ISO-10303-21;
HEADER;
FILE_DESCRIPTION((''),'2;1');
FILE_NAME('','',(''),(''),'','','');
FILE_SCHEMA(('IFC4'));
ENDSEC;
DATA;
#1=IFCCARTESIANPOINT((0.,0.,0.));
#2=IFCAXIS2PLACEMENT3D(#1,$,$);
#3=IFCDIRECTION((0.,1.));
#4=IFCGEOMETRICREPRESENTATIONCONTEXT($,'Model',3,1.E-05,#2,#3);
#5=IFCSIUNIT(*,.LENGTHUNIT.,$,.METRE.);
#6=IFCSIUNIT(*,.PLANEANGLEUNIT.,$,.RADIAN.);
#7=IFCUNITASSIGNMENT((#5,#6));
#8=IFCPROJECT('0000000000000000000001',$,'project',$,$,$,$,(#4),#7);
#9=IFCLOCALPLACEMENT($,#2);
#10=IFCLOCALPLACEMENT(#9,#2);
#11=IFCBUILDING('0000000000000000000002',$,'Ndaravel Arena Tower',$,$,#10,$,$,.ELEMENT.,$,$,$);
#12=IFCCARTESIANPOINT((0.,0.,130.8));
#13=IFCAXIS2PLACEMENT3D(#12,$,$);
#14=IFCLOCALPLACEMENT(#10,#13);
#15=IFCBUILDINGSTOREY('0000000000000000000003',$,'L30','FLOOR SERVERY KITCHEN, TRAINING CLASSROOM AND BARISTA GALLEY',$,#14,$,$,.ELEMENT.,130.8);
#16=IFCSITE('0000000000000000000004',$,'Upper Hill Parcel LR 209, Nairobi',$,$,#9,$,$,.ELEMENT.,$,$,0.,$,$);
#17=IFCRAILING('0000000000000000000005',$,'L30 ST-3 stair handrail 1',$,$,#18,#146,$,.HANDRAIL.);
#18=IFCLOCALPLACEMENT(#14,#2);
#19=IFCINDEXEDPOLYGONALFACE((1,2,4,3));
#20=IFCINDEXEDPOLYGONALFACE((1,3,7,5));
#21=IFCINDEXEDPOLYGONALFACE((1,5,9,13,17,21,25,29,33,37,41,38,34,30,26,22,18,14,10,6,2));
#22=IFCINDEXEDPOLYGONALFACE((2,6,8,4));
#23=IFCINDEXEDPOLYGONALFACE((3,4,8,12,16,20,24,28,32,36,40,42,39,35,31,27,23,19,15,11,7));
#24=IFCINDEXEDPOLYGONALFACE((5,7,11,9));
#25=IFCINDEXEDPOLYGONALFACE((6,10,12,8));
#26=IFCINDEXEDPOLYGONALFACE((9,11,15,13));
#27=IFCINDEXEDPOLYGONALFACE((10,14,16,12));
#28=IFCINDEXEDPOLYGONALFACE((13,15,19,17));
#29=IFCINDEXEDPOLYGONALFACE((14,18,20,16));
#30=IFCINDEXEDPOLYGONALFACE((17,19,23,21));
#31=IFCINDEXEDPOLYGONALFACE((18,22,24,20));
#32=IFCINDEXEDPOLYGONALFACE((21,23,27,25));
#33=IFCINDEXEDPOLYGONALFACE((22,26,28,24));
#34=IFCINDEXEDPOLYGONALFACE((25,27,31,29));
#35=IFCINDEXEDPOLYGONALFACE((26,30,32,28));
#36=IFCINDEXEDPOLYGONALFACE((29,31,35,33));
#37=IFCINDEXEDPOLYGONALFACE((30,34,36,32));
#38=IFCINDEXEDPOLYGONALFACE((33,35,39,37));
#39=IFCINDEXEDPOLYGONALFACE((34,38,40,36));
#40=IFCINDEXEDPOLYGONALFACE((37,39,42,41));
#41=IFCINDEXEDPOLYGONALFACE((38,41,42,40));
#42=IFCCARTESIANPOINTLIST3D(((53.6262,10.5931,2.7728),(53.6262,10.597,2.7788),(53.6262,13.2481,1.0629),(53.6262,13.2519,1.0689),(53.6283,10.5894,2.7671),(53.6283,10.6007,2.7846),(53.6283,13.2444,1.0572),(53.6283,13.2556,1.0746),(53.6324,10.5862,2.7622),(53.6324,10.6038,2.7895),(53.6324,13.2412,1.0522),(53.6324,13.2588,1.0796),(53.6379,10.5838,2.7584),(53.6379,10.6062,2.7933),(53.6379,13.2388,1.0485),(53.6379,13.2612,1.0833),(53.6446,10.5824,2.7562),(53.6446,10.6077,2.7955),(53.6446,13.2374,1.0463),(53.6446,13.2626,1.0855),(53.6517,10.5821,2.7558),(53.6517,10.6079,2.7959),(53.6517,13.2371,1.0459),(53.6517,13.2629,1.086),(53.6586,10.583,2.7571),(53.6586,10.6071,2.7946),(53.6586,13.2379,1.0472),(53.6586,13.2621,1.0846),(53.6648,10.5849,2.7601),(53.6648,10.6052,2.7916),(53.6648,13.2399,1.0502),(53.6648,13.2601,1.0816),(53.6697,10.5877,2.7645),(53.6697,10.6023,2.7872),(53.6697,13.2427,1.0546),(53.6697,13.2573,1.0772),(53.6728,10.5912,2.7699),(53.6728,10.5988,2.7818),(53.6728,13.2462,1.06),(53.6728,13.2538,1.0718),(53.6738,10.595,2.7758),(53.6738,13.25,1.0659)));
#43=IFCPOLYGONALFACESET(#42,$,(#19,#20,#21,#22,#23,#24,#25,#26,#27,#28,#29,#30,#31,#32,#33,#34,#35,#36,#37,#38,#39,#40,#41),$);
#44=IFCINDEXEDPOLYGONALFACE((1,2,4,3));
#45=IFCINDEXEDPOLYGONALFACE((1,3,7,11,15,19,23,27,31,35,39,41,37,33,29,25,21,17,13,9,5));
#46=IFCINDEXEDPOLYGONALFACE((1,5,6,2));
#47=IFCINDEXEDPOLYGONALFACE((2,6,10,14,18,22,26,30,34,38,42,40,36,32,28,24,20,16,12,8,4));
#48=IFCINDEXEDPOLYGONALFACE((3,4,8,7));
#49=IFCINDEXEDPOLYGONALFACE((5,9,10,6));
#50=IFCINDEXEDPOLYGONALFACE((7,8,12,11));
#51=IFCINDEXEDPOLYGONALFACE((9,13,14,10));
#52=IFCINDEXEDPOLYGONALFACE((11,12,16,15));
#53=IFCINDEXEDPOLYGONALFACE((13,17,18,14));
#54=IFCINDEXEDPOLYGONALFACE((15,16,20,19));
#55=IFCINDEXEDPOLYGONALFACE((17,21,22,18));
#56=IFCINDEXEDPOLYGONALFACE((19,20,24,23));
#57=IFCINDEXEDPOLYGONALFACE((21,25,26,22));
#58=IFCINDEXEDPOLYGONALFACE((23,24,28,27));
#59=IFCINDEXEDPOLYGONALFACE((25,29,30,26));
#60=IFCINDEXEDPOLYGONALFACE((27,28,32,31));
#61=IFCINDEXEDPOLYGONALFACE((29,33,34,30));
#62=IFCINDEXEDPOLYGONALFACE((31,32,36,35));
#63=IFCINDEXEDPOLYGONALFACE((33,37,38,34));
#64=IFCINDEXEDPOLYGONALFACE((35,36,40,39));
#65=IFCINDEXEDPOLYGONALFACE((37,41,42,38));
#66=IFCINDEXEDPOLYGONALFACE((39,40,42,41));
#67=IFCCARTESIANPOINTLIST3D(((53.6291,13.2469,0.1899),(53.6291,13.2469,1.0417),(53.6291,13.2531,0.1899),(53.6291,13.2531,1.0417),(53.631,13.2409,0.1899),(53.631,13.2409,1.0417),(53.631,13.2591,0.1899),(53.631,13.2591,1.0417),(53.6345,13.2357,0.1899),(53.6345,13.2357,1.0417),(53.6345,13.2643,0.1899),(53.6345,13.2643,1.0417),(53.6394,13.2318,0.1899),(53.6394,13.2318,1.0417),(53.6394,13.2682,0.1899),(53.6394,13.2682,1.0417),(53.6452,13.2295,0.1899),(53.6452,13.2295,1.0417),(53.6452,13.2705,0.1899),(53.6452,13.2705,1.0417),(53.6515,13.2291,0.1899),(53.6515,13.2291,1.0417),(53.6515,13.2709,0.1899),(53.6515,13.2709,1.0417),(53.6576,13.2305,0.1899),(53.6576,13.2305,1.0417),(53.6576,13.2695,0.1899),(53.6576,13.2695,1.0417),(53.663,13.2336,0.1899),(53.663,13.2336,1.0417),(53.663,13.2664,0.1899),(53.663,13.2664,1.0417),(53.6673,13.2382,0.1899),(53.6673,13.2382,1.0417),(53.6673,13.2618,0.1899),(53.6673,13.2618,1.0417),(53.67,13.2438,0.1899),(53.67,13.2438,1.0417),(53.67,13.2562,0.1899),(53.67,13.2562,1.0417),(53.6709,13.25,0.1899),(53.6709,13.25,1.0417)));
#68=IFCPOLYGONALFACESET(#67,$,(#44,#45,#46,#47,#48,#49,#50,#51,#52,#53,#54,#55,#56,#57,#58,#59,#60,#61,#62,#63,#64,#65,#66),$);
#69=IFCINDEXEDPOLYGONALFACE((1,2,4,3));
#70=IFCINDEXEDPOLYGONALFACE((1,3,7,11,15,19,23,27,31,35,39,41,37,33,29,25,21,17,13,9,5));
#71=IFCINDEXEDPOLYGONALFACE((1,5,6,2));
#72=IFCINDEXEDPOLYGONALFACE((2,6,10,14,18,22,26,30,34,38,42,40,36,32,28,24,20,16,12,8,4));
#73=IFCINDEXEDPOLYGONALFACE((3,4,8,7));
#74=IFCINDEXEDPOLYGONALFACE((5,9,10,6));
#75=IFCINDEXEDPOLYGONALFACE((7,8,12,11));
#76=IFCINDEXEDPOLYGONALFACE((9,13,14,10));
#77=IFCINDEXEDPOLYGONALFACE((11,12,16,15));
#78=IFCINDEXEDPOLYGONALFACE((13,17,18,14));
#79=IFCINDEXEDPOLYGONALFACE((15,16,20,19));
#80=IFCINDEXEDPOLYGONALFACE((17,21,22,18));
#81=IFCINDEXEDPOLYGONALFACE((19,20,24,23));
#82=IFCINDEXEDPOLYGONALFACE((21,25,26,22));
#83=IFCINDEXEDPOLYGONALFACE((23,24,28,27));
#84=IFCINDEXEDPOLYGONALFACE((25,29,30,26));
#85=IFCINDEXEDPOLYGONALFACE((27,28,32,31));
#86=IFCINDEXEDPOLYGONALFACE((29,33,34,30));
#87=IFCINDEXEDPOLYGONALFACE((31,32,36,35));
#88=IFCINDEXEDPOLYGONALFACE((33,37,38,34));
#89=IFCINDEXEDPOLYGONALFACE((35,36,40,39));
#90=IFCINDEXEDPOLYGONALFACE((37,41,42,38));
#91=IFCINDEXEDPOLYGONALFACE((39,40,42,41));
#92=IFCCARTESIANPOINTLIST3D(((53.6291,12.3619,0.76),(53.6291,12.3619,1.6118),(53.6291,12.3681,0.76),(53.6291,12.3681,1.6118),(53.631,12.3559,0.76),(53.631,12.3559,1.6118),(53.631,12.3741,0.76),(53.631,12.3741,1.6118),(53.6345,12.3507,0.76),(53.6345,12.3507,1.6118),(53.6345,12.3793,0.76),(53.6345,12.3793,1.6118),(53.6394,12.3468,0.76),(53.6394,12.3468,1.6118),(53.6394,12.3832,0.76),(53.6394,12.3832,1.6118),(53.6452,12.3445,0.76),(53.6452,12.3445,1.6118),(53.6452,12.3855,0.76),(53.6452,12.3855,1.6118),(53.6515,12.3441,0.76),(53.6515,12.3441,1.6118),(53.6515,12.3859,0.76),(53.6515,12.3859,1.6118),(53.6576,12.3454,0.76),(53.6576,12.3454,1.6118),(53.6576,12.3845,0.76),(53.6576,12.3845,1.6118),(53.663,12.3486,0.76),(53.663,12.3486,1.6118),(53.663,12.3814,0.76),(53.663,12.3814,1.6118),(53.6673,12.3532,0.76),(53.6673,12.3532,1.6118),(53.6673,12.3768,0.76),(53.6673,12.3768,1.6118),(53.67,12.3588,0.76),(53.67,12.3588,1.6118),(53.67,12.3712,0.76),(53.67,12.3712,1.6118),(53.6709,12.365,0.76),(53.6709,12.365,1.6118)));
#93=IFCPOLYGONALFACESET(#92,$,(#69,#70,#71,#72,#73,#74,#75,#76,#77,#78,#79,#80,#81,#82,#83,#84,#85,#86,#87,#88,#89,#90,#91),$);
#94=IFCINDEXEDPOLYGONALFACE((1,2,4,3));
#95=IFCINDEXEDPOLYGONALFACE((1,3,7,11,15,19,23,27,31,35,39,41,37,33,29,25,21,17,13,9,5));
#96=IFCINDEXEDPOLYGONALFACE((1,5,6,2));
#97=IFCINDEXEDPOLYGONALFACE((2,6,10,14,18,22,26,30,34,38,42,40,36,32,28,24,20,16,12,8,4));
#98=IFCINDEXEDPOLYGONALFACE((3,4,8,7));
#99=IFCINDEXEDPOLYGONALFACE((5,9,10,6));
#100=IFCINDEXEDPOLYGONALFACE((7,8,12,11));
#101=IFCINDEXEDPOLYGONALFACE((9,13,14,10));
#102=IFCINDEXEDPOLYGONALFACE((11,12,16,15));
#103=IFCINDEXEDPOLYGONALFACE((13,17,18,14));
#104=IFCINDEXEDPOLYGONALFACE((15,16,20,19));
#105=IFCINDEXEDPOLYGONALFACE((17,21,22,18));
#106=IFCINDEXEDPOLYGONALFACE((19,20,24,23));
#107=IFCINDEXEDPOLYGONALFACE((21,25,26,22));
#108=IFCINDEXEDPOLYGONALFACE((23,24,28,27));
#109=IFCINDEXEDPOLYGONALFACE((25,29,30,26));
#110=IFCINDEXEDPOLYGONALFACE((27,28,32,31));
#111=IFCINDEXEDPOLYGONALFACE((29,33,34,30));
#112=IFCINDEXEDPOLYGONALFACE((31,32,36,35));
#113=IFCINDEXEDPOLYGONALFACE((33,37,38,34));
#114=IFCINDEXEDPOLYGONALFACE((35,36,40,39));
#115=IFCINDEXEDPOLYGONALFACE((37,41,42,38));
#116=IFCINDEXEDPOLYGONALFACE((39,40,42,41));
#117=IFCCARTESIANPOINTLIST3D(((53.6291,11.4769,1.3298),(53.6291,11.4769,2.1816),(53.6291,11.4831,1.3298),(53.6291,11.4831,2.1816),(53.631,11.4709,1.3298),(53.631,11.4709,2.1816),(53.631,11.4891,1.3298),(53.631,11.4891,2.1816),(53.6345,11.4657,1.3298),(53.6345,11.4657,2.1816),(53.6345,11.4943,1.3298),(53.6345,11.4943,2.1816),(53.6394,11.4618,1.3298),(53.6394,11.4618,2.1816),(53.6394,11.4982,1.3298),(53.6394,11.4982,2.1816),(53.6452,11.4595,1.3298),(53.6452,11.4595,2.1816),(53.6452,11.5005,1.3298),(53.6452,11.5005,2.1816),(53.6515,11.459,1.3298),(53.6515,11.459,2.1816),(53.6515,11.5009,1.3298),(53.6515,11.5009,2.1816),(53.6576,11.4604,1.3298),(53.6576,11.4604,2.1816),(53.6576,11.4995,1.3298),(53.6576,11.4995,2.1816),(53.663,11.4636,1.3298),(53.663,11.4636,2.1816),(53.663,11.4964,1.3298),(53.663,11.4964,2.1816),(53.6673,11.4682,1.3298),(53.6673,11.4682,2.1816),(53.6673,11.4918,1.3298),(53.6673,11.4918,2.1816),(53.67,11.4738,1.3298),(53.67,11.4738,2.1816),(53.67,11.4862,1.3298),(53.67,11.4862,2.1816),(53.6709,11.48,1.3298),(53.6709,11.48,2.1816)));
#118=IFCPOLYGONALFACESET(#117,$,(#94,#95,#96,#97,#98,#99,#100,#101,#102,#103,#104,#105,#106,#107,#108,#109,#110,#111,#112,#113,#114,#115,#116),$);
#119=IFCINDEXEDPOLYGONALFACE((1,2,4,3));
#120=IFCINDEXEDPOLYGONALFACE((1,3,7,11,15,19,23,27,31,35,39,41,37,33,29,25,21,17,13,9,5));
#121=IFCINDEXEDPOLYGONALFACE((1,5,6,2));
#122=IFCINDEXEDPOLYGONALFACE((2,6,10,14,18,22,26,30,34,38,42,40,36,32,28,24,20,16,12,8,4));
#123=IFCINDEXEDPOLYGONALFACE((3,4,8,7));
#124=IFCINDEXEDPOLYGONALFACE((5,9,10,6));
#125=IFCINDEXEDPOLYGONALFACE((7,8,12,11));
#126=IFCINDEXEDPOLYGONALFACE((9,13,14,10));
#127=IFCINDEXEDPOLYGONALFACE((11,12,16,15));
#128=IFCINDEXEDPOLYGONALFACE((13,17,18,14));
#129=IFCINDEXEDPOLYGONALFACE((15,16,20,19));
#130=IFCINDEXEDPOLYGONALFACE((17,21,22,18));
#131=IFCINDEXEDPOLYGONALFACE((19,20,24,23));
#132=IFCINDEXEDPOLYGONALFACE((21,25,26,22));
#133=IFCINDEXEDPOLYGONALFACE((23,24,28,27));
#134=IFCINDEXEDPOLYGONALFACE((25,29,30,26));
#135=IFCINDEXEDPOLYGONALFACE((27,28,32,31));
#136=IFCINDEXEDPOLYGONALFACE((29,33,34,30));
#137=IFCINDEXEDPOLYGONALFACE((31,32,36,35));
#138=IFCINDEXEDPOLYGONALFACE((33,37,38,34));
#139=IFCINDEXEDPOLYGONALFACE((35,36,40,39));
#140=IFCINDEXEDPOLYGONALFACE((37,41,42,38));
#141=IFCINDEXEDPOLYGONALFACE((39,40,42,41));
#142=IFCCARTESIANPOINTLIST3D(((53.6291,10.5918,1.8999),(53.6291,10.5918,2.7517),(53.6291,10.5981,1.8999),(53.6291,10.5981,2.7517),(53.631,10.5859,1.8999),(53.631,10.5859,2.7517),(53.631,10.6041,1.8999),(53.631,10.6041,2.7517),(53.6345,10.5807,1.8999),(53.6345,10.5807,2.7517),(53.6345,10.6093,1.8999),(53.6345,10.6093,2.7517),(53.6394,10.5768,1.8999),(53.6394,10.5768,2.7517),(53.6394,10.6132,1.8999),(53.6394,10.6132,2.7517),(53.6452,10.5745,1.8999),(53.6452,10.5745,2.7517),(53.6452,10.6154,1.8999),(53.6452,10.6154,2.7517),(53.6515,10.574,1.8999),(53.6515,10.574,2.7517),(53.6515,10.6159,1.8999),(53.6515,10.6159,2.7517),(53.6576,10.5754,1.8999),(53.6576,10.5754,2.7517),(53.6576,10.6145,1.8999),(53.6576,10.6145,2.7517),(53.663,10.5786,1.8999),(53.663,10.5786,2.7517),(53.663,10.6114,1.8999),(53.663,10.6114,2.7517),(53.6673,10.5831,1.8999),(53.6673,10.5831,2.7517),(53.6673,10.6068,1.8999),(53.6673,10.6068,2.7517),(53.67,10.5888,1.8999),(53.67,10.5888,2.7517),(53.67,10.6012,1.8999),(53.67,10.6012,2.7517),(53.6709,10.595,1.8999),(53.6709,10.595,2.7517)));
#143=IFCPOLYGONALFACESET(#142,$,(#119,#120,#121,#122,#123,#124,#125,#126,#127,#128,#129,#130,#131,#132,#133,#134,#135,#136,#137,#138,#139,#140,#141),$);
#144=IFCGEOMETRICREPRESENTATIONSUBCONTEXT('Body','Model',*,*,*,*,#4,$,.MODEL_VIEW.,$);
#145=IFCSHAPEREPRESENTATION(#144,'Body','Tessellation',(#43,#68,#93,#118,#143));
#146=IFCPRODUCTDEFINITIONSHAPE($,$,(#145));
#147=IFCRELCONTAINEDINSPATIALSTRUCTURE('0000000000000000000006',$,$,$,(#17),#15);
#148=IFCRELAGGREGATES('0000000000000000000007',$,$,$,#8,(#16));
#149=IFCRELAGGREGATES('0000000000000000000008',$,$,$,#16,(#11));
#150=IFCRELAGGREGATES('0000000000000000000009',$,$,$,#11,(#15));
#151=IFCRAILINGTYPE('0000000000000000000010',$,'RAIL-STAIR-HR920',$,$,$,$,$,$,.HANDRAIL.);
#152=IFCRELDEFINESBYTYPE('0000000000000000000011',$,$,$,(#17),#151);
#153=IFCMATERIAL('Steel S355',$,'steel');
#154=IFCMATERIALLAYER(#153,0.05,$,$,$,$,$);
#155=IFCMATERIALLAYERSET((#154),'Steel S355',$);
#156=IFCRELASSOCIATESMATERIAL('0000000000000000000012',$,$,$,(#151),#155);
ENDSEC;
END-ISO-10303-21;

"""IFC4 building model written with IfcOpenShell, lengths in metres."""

from ifc_helpers import new_model, si_unit, direction, frame, origin, origin_2d, place, context, subcontext, project, spatial, circle, extrude, material, layer, layer_set, type_object, element, save


model = new_model("IFC4")

# Units and contexts
model_context = context("Model", 3, precision=1e-05, world=origin(), true_north=direction((0.0, 1.0)))
body_context = subcontext(model_context, "Body", "Model", "MODEL_VIEW")
ifc_project = project(units=[si_unit("LENGTHUNIT", "METRE"), si_unit("PLANEANGLEUNIT", "RADIAN")], contexts=[model_context])

# Site, building, storey
site_placement = place(None, origin())
site = spatial("IfcSite", under=ifc_project, at=site_placement, Name="Upper Hill Parcel LR 209, Nairobi", CompositionType="ELEMENT", RefElevation=0.0)
building_placement = place(site_placement, origin())
building = spatial("IfcBuilding", under=site, at=building_placement, Name="Ndaravel Arena Tower", CompositionType="ELEMENT")
storey_placement = place(building_placement, frame((0.0, 0.0, 130.8)))
storey = spatial("IfcBuildingStorey", under=building, at=storey_placement, Name="L30", Description="FLOOR SERVERY KITCHEN, TRAINING CLASSROOM AND BARISTA GALLEY", CompositionType="ELEMENT", Elevation=130.8)

# Railing
ifc_material_1 = material(Name="Steel S355", Category="steel")
ifc_layer_1 = layer(ifc_material_1, 0.05)
ifc_layer_set_1 = layer_set([ifc_layer_1], Name="Steel S355")
railing_type_1 = type_object("IfcRailingType", Name="RAIL-STAIR-HR920", PredefinedType="HANDRAIL", material=ifc_layer_set_1)
railing_1_placement = place(storey_placement, frame((53.6499, 13.25, 0.1899)))
element("IfcRailing", 1, at=railing_1_placement, inside=storey, type_object=railing_type_1, Name="L30 ST-3 stair handrail 1", PredefinedType="HANDRAIL", context=body_context, shape_type="SweptSolid", body=[
    extrude(circle(Radius=0.0239, at=origin_2d()), frame((0.0, 0.0, 0.876), z_axis=(0.0, -0.840724, 0.541465), x_axis=(1.0, 0.0, 0.0)), (0.0, 0.0, 1.0), 3.158),
    extrude(circle(Radius=0.021, at=origin_2d()), origin(), (0.0, 0.0, 1.0), 0.8518),
    extrude(circle(Radius=0.021, at=origin_2d()), frame((0.0, -0.885, 0.5701)), (0.0, 0.0, 1.0), 0.8518),
    extrude(circle(Radius=0.021, at=origin_2d()), frame((0.0, -1.77, 1.1399)), (0.0, 0.0, 1.0), 0.8518),
    extrude(circle(Radius=0.021, at=origin_2d()), frame((0.0, -2.655, 1.71)), (0.0, 0.0, 1.0), 0.8518),
])

save(model, "model.ifc")
